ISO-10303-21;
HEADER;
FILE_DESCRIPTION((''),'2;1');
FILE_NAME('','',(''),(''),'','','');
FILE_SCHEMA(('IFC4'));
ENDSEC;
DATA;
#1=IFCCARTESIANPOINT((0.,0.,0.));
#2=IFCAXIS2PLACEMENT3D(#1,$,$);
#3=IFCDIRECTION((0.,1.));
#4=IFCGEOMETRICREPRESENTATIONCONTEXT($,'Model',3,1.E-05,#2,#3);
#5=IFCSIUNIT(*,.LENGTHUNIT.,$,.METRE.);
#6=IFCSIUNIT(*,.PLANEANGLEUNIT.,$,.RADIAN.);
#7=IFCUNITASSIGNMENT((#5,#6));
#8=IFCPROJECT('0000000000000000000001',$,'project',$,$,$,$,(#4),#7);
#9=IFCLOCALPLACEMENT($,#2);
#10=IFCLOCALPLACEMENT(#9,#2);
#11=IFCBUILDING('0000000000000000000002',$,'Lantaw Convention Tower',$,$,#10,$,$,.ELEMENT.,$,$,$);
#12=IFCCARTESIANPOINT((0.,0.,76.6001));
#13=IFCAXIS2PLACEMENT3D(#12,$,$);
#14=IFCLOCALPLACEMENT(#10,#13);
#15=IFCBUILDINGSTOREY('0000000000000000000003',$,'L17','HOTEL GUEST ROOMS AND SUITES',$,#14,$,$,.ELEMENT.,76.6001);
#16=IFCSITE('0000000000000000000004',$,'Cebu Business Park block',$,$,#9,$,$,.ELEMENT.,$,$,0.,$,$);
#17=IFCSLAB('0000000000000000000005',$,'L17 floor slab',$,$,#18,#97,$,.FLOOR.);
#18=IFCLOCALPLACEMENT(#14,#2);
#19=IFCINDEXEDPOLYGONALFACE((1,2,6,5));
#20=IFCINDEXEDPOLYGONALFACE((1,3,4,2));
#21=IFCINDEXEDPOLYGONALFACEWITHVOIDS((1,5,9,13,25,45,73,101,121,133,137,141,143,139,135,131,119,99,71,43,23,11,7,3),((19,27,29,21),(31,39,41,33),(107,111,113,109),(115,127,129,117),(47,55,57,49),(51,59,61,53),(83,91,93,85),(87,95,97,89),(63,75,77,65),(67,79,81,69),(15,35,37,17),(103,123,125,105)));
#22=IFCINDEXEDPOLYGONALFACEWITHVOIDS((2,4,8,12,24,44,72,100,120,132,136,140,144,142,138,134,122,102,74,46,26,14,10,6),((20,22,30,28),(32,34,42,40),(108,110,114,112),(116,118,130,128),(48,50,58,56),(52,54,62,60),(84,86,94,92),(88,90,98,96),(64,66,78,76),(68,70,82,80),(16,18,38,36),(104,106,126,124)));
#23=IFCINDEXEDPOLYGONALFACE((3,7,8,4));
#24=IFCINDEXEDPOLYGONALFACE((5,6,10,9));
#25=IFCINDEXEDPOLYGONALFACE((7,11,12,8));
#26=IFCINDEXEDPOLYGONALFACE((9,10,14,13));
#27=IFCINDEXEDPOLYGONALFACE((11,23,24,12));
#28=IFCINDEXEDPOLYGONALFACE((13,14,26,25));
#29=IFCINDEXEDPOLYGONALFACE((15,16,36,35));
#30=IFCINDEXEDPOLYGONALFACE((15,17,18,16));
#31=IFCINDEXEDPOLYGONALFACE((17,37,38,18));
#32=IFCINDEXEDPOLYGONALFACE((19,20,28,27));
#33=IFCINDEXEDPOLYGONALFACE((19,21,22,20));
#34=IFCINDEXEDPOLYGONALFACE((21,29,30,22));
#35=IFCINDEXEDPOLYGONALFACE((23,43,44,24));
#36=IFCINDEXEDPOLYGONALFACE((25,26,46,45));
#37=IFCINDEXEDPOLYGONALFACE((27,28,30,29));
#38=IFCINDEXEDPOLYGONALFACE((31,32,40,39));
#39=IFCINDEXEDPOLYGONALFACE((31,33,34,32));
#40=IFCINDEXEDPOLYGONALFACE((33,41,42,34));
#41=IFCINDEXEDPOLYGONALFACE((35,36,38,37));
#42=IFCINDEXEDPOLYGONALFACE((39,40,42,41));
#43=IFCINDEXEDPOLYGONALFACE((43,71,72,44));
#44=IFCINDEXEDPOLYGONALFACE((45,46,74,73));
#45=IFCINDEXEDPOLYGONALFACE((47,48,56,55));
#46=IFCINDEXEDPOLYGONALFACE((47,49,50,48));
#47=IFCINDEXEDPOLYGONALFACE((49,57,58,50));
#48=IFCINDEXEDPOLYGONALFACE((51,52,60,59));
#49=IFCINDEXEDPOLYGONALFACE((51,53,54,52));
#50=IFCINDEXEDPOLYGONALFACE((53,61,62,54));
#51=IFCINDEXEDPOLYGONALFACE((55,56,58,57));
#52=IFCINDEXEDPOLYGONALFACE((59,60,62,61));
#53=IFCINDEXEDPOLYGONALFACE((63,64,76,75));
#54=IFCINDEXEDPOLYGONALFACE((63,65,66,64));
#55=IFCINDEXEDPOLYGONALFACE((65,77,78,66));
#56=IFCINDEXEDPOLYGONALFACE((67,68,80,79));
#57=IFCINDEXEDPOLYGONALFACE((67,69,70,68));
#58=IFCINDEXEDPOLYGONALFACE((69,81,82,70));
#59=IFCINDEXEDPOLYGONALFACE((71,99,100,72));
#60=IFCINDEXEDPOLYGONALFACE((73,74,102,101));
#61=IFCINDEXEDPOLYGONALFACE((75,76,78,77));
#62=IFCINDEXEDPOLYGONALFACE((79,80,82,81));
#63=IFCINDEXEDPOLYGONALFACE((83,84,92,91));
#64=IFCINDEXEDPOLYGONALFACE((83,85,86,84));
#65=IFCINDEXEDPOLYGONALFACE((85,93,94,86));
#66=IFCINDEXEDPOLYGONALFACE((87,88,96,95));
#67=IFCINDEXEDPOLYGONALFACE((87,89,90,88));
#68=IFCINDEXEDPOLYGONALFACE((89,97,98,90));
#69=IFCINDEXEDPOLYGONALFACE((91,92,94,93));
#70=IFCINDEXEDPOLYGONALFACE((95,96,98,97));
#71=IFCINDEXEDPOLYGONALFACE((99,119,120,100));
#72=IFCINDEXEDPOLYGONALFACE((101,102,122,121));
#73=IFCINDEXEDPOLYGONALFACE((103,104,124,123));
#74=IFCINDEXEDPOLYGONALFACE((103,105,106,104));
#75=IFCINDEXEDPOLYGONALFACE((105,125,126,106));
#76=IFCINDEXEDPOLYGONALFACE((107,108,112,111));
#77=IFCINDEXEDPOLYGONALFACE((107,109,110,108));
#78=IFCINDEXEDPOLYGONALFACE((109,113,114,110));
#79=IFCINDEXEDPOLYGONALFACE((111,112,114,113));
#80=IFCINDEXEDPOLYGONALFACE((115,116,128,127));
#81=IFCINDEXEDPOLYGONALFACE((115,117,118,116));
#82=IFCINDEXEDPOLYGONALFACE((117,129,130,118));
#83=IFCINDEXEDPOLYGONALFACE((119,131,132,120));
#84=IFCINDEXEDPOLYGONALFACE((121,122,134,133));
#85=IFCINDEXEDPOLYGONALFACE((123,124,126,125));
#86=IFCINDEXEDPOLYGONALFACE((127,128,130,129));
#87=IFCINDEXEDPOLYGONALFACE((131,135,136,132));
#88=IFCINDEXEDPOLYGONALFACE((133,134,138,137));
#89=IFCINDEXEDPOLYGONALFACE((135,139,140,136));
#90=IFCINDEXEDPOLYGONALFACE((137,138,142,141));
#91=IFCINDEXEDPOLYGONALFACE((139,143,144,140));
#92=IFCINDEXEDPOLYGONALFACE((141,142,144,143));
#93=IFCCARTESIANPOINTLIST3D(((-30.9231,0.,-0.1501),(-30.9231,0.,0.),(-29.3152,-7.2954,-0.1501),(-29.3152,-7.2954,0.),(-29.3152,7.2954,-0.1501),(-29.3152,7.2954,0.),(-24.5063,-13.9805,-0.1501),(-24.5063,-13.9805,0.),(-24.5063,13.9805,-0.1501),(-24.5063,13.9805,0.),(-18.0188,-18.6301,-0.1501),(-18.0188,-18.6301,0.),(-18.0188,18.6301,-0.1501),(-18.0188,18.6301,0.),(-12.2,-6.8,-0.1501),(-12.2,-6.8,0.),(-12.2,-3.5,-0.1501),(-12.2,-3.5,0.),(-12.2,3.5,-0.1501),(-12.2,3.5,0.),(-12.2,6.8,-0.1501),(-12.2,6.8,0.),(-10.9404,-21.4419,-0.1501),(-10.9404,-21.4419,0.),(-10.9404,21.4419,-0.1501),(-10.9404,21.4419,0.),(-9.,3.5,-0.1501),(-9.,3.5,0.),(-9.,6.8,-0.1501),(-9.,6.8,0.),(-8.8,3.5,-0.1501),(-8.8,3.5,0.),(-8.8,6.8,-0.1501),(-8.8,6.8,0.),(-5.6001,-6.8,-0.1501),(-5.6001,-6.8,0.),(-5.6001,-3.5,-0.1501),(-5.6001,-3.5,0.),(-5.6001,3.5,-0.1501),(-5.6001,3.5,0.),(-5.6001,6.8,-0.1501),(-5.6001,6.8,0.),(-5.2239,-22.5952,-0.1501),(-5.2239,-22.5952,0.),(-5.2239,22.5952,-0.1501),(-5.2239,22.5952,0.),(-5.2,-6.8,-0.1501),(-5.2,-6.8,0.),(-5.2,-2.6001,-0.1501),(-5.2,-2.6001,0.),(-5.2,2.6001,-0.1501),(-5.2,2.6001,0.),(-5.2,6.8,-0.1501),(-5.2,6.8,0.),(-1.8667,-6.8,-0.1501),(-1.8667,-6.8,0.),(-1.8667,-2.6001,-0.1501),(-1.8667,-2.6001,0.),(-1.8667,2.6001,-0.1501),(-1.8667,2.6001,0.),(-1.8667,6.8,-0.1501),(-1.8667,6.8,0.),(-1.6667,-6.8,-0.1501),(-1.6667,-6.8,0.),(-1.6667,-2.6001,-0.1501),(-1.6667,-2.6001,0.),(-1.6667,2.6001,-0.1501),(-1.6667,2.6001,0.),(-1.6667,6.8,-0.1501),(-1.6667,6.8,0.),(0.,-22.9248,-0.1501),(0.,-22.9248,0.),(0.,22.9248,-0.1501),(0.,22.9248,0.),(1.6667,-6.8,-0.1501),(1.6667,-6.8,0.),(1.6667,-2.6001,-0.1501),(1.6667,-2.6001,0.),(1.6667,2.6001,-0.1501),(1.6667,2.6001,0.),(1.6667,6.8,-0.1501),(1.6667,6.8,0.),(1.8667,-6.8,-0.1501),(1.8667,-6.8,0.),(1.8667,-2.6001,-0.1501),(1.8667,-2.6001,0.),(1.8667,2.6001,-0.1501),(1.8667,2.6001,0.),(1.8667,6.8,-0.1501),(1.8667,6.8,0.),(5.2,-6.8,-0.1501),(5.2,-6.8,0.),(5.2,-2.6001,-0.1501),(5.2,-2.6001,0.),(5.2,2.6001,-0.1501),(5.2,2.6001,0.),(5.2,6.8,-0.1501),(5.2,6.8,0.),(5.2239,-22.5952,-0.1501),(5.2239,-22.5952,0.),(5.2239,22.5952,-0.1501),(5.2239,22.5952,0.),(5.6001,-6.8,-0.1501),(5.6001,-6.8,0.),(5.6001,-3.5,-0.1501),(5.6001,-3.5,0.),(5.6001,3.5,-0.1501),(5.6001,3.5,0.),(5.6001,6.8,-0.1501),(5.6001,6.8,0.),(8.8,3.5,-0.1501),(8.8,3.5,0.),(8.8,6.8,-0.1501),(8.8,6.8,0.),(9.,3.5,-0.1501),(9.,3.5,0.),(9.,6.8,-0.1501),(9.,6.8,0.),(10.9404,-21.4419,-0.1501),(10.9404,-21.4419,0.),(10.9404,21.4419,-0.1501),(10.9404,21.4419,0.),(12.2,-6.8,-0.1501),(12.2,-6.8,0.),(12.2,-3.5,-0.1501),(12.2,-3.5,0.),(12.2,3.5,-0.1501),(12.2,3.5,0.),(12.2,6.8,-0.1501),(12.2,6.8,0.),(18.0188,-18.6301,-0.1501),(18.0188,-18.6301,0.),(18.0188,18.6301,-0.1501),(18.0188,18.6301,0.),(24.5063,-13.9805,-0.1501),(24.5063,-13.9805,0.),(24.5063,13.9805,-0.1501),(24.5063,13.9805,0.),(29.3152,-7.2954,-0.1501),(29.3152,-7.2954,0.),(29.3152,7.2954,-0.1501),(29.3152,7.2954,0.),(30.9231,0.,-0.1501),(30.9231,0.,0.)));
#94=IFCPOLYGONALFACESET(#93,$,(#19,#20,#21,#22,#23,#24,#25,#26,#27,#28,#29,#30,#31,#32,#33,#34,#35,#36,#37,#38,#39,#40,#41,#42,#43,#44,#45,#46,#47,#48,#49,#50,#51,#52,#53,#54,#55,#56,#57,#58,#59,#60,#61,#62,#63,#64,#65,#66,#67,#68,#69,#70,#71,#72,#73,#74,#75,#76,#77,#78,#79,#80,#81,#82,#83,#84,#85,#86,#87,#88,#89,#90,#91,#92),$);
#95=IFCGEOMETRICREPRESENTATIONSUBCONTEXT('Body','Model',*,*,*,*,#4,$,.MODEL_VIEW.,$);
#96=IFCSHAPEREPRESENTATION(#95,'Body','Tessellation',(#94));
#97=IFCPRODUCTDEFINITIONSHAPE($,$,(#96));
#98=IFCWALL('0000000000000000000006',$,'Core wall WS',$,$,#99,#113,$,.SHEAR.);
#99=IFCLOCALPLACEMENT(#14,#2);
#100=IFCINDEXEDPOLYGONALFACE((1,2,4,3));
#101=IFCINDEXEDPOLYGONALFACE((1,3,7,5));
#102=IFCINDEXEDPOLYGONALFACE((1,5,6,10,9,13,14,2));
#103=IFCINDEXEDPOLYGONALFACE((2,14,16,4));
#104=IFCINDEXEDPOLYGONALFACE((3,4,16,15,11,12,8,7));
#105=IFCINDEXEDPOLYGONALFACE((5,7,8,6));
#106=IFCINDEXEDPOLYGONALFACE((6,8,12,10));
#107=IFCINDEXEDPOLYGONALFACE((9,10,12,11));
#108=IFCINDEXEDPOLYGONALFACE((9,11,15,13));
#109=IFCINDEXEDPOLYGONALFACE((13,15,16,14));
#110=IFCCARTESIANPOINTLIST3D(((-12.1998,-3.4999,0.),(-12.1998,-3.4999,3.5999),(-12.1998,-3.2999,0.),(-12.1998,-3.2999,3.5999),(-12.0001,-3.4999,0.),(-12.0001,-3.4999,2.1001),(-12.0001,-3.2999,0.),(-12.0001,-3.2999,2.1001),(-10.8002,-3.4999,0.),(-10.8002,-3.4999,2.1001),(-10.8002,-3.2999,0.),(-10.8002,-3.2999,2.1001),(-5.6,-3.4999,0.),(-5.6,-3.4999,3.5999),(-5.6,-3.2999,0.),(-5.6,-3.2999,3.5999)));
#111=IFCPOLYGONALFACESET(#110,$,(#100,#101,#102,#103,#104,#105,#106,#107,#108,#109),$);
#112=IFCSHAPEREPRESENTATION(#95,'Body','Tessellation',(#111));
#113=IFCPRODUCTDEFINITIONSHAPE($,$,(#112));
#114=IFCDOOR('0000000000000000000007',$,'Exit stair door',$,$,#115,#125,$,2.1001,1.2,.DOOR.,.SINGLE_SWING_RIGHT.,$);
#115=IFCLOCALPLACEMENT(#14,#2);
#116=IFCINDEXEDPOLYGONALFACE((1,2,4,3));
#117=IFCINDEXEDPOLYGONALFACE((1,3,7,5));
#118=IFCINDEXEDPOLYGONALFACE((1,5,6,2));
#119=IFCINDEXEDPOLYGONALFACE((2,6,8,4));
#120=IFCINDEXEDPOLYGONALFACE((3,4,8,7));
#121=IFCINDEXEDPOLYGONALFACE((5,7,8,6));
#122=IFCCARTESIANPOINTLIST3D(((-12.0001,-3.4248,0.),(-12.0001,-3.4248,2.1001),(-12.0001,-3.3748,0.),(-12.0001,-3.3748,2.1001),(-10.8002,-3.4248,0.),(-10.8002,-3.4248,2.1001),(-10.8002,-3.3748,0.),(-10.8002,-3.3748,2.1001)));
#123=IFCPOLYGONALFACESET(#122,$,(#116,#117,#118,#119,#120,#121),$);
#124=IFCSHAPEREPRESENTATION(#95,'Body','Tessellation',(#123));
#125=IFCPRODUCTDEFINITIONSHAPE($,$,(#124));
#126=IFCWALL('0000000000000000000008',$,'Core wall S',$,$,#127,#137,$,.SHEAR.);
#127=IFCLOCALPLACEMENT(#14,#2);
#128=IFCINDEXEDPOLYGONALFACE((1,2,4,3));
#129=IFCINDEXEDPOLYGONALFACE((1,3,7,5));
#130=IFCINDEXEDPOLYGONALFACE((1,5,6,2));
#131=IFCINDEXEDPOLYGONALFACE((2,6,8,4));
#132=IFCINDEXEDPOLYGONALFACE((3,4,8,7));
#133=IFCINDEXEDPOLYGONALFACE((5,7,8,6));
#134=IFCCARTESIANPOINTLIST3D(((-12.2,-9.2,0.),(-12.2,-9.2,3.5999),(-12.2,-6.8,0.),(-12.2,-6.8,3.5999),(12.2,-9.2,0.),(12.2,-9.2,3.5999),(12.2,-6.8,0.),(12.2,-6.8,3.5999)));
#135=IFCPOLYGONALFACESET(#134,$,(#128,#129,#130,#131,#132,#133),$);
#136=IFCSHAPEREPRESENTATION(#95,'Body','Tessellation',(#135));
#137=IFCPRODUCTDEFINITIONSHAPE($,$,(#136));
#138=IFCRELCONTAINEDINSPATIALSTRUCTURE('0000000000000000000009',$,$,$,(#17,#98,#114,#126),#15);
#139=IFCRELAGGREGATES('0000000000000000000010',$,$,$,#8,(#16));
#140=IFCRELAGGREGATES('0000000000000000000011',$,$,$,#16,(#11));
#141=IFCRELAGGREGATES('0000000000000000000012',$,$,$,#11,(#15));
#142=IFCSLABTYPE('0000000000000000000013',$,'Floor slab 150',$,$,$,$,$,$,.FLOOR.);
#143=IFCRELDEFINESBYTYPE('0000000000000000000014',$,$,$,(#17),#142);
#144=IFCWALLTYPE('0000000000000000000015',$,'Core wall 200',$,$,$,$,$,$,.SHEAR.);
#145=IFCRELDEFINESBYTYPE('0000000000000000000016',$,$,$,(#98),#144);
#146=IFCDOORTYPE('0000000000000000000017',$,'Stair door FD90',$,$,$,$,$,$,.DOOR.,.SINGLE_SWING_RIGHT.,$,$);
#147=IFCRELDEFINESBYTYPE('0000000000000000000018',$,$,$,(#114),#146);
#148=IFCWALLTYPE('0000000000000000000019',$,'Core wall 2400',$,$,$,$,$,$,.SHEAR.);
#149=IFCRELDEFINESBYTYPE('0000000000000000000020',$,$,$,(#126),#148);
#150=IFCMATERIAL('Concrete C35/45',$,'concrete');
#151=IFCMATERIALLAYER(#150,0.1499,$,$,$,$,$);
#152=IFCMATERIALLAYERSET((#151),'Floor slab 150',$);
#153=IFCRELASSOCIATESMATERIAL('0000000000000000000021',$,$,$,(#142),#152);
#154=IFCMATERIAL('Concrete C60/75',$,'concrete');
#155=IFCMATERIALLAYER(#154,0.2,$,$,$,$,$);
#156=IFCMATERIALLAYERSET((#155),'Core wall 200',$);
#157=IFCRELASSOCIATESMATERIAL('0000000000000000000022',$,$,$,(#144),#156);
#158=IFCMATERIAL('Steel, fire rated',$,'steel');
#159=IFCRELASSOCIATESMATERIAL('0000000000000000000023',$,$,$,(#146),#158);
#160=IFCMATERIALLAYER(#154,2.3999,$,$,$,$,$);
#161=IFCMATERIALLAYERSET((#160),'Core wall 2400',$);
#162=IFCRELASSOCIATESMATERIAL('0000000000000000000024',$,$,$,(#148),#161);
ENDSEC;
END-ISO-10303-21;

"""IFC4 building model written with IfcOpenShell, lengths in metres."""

from ifc_helpers import new_model, si_unit, direction, frame, frame_2d, origin, place, context, subcontext, project, spatial, polyline, rectangle, outline, extrude, material, layer, layer_set, type_object, element, fill, save


model = new_model("IFC4")

# Units and contexts
model_context = context("Model", 3, precision=1e-05, world=origin(), true_north=direction((0.0, 1.0)))
body_context = subcontext(model_context, "Body", "Model", "MODEL_VIEW")
ifc_project = project(units=[si_unit("LENGTHUNIT", "METRE"), si_unit("PLANEANGLEUNIT", "RADIAN")], contexts=[model_context])

# Site, building, storey
site_placement = place(None, origin())
site = spatial("IfcSite", under=ifc_project, at=site_placement, Name="Cebu Business Park block", CompositionType="ELEMENT", RefElevation=0.0)
building_placement = place(site_placement, origin())
building = spatial("IfcBuilding", under=site, at=building_placement, Name="Lantaw Convention Tower", CompositionType="ELEMENT")
storey_placement = place(building_placement, frame((0.0, 0.0, 76.6001)))
storey = spatial("IfcBuildingStorey", under=building, at=storey_placement, Name="L17", Description="HOTEL GUEST ROOMS AND SUITES", CompositionType="ELEMENT", Elevation=76.6001)

# Slab
ifc_material_1 = material(Name="Concrete C35/45", Category="concrete")
ifc_layer_1 = layer(ifc_material_1, 0.1499)
ifc_layer_set_1 = layer_set([ifc_layer_1], Name="Floor slab 150")
slab_type = type_object("IfcSlabType", Name="Floor slab 150", PredefinedType="FLOOR", material=ifc_layer_set_1)
slab_placement = place(storey_placement, frame((0.0, 0.0, -0.1501)))
element("IfcSlab", 1, at=slab_placement, inside=storey, type_object=slab_type, Name="L17 floor slab", PredefinedType="FLOOR", context=body_context, shape_type="SweptSolid", body=[
    extrude(outline(polyline([(29.3152, -7.2954), (30.9231, 0.0), (29.3152, 7.2954), (24.5063, 13.9805), (18.0188, 18.6301), (10.9404, 21.4419), (5.2239, 22.5952), (0.0, 22.9248), (-5.2239, 22.5952), (-10.9404, 21.4419), (-18.0188, 18.6301), (-24.5063, 13.9805), (-29.3152, 7.2954), (-30.9231, 0.0), (-29.3152, -7.2954), (-24.5063, -13.9805), (-18.0188, -18.6301), (-10.9404, -21.4419), (-5.2239, -22.5952), (0.0, -22.9248), (5.2239, -22.5952), (10.9404, -21.4419), (18.0188, -18.6301), (24.5063, -13.9805), (29.3152, -7.2954)]), holes=[polyline([(-5.6001, -3.5), (-12.2, -3.5), (-12.2, -6.8), (-5.6001, -6.8), (-5.6001, -3.5)]), polyline([(-1.8667, -6.8), (-1.8667, -2.6001), (-5.2, -2.6001), (-5.2, -6.8), (-1.8667, -6.8)]), polyline([(-1.8667, 2.6001), (-1.8667, 6.8), (-5.2, 6.8), (-5.2, 2.6001), (-1.8667, 2.6001)]), polyline([(1.6667, 6.8), (-1.6667, 6.8), (-1.6667, 2.6001), (1.6667, 2.6001), (1.6667, 6.8)]), polyline([(-9.0, 3.5), (-9.0, 6.8), (-12.2, 6.8), (-12.2, 3.5), (-9.0, 3.5)]), polyline([(-5.6001, 3.5), (-5.6001, 6.8), (-8.8, 6.8), (-8.8, 3.5), (-5.6001, 3.5)]), polyline([(12.2, -3.5), (5.6001, -3.5), (5.6001, -6.8), (12.2, -6.8), (12.2, -3.5)]), polyline([(1.6667, -6.8), (1.6667, -2.6001), (-1.6667, -2.6001), (-1.6667, -6.8), (1.6667, -6.8)]), polyline([(5.2, -6.8), (5.2, -2.6001), (1.8667, -2.6001), (1.8667, -6.8), (5.2, -6.8)]), polyline([(5.2, 6.8), (1.8667, 6.8), (1.8667, 2.6001), (5.2, 2.6001), (5.2, 6.8)]), polyline([(8.8, 3.5), (8.8, 6.8), (5.6001, 6.8), (5.6001, 3.5), (8.8, 3.5)]), polyline([(12.2, 3.5), (12.2, 6.8), (9.0, 6.8), (9.0, 3.5), (12.2, 3.5)])]), origin(), (0.0, 0.0, 1.0), 0.1501),
])

# Wall, opening, door
ifc_material_2 = material(Name="Concrete C60/75", Category="concrete")
ifc_layer_2 = layer(ifc_material_2, 0.2)
ifc_layer_set_2 = layer_set([ifc_layer_2], Name="Core wall 200")
wall_type_1 = type_object("IfcWallType", Name="Core wall 200", PredefinedType="SHEAR", material=ifc_layer_set_2)
wall_1_placement = place(storey_placement, frame((-5.6001, -3.3999, 0.0), z_axis=(0.0, 0.0, 1.0), x_axis=(-1.0, 0.0, 0.0)))
wall_1 = element("IfcWall", 2, at=wall_1_placement, inside=storey, type_object=wall_type_1, Name="Core wall WS", PredefinedType="SHEAR", context=body_context, shape_type="SweptSolid", body=[
    extrude(rectangle(XDim=6.5999, YDim=0.2, at=frame_2d((3.2998, 0.0))), origin(), (0.0, 0.0, 1.0), 3.5999),
])
opening_1_placement = place(wall_1_placement, frame((5.2, 0.0, 0.0)))
opening_1 = element("IfcOpeningElement", 3, at=opening_1_placement, cuts=wall_1, PredefinedType="OPENING", context=body_context, shape_type="SweptSolid", body=[
    extrude(rectangle(XDim=1.2, YDim=2.1001, at=frame_2d((0.6001, 1.05))), frame((0.0, 0.1099, 0.0), z_axis=(0.0, -1.0, 0.0), x_axis=(1.0, 0.0, 0.0)), (0.0, 0.0, 1.0), 0.22),
])
ifc_material_3 = material(Name="Steel, fire rated", Category="steel")
door_type_1 = type_object("IfcDoorType", Name="Stair door FD90", OperationType="SINGLE_SWING_RIGHT", PredefinedType="DOOR", material=ifc_material_3)
door_1_placement = place(opening_1_placement, origin())
door_1 = element("IfcDoor", 4, at=door_1_placement, inside=storey, type_object=door_type_1, Name="Exit stair door", OperationType="SINGLE_SWING_RIGHT", OverallHeight=2.1001, OverallWidth=1.2, PredefinedType="DOOR", context=body_context, shape_type="SweptSolid", body=[
    extrude(rectangle(XDim=1.2, YDim=2.1001, at=frame_2d((0.6001, 1.05))), frame((0.0, 0.0249, 0.0), z_axis=(0.0, -1.0, 0.0), x_axis=(1.0, 0.0, 0.0)), (0.0, 0.0, 1.0), 0.05),
])
fill(opening_1, door_1)

# Wall
ifc_layer_3 = layer(ifc_material_2, 2.3999)
ifc_layer_set_3 = layer_set([ifc_layer_3], Name="Core wall 2400")
wall_type_2 = type_object("IfcWallType", Name="Core wall 2400", PredefinedType="SHEAR", material=ifc_layer_set_3)
wall_2_placement = place(storey_placement, frame((-12.2, -8.0, 0.0), z_axis=(0.0, 0.0, 1.0), x_axis=(1.0, 0.0, 0.0)))
element("IfcWall", 5, at=wall_2_placement, inside=storey, type_object=wall_type_2, Name="Core wall S", PredefinedType="SHEAR", context=body_context, shape_type="SweptSolid", body=[
    extrude(rectangle(XDim=24.3999, YDim=2.3999, at=frame_2d((12.2, 0.0))), origin(), (0.0, 0.0, 1.0), 3.5999),
])

save(model, "model.ifc")
